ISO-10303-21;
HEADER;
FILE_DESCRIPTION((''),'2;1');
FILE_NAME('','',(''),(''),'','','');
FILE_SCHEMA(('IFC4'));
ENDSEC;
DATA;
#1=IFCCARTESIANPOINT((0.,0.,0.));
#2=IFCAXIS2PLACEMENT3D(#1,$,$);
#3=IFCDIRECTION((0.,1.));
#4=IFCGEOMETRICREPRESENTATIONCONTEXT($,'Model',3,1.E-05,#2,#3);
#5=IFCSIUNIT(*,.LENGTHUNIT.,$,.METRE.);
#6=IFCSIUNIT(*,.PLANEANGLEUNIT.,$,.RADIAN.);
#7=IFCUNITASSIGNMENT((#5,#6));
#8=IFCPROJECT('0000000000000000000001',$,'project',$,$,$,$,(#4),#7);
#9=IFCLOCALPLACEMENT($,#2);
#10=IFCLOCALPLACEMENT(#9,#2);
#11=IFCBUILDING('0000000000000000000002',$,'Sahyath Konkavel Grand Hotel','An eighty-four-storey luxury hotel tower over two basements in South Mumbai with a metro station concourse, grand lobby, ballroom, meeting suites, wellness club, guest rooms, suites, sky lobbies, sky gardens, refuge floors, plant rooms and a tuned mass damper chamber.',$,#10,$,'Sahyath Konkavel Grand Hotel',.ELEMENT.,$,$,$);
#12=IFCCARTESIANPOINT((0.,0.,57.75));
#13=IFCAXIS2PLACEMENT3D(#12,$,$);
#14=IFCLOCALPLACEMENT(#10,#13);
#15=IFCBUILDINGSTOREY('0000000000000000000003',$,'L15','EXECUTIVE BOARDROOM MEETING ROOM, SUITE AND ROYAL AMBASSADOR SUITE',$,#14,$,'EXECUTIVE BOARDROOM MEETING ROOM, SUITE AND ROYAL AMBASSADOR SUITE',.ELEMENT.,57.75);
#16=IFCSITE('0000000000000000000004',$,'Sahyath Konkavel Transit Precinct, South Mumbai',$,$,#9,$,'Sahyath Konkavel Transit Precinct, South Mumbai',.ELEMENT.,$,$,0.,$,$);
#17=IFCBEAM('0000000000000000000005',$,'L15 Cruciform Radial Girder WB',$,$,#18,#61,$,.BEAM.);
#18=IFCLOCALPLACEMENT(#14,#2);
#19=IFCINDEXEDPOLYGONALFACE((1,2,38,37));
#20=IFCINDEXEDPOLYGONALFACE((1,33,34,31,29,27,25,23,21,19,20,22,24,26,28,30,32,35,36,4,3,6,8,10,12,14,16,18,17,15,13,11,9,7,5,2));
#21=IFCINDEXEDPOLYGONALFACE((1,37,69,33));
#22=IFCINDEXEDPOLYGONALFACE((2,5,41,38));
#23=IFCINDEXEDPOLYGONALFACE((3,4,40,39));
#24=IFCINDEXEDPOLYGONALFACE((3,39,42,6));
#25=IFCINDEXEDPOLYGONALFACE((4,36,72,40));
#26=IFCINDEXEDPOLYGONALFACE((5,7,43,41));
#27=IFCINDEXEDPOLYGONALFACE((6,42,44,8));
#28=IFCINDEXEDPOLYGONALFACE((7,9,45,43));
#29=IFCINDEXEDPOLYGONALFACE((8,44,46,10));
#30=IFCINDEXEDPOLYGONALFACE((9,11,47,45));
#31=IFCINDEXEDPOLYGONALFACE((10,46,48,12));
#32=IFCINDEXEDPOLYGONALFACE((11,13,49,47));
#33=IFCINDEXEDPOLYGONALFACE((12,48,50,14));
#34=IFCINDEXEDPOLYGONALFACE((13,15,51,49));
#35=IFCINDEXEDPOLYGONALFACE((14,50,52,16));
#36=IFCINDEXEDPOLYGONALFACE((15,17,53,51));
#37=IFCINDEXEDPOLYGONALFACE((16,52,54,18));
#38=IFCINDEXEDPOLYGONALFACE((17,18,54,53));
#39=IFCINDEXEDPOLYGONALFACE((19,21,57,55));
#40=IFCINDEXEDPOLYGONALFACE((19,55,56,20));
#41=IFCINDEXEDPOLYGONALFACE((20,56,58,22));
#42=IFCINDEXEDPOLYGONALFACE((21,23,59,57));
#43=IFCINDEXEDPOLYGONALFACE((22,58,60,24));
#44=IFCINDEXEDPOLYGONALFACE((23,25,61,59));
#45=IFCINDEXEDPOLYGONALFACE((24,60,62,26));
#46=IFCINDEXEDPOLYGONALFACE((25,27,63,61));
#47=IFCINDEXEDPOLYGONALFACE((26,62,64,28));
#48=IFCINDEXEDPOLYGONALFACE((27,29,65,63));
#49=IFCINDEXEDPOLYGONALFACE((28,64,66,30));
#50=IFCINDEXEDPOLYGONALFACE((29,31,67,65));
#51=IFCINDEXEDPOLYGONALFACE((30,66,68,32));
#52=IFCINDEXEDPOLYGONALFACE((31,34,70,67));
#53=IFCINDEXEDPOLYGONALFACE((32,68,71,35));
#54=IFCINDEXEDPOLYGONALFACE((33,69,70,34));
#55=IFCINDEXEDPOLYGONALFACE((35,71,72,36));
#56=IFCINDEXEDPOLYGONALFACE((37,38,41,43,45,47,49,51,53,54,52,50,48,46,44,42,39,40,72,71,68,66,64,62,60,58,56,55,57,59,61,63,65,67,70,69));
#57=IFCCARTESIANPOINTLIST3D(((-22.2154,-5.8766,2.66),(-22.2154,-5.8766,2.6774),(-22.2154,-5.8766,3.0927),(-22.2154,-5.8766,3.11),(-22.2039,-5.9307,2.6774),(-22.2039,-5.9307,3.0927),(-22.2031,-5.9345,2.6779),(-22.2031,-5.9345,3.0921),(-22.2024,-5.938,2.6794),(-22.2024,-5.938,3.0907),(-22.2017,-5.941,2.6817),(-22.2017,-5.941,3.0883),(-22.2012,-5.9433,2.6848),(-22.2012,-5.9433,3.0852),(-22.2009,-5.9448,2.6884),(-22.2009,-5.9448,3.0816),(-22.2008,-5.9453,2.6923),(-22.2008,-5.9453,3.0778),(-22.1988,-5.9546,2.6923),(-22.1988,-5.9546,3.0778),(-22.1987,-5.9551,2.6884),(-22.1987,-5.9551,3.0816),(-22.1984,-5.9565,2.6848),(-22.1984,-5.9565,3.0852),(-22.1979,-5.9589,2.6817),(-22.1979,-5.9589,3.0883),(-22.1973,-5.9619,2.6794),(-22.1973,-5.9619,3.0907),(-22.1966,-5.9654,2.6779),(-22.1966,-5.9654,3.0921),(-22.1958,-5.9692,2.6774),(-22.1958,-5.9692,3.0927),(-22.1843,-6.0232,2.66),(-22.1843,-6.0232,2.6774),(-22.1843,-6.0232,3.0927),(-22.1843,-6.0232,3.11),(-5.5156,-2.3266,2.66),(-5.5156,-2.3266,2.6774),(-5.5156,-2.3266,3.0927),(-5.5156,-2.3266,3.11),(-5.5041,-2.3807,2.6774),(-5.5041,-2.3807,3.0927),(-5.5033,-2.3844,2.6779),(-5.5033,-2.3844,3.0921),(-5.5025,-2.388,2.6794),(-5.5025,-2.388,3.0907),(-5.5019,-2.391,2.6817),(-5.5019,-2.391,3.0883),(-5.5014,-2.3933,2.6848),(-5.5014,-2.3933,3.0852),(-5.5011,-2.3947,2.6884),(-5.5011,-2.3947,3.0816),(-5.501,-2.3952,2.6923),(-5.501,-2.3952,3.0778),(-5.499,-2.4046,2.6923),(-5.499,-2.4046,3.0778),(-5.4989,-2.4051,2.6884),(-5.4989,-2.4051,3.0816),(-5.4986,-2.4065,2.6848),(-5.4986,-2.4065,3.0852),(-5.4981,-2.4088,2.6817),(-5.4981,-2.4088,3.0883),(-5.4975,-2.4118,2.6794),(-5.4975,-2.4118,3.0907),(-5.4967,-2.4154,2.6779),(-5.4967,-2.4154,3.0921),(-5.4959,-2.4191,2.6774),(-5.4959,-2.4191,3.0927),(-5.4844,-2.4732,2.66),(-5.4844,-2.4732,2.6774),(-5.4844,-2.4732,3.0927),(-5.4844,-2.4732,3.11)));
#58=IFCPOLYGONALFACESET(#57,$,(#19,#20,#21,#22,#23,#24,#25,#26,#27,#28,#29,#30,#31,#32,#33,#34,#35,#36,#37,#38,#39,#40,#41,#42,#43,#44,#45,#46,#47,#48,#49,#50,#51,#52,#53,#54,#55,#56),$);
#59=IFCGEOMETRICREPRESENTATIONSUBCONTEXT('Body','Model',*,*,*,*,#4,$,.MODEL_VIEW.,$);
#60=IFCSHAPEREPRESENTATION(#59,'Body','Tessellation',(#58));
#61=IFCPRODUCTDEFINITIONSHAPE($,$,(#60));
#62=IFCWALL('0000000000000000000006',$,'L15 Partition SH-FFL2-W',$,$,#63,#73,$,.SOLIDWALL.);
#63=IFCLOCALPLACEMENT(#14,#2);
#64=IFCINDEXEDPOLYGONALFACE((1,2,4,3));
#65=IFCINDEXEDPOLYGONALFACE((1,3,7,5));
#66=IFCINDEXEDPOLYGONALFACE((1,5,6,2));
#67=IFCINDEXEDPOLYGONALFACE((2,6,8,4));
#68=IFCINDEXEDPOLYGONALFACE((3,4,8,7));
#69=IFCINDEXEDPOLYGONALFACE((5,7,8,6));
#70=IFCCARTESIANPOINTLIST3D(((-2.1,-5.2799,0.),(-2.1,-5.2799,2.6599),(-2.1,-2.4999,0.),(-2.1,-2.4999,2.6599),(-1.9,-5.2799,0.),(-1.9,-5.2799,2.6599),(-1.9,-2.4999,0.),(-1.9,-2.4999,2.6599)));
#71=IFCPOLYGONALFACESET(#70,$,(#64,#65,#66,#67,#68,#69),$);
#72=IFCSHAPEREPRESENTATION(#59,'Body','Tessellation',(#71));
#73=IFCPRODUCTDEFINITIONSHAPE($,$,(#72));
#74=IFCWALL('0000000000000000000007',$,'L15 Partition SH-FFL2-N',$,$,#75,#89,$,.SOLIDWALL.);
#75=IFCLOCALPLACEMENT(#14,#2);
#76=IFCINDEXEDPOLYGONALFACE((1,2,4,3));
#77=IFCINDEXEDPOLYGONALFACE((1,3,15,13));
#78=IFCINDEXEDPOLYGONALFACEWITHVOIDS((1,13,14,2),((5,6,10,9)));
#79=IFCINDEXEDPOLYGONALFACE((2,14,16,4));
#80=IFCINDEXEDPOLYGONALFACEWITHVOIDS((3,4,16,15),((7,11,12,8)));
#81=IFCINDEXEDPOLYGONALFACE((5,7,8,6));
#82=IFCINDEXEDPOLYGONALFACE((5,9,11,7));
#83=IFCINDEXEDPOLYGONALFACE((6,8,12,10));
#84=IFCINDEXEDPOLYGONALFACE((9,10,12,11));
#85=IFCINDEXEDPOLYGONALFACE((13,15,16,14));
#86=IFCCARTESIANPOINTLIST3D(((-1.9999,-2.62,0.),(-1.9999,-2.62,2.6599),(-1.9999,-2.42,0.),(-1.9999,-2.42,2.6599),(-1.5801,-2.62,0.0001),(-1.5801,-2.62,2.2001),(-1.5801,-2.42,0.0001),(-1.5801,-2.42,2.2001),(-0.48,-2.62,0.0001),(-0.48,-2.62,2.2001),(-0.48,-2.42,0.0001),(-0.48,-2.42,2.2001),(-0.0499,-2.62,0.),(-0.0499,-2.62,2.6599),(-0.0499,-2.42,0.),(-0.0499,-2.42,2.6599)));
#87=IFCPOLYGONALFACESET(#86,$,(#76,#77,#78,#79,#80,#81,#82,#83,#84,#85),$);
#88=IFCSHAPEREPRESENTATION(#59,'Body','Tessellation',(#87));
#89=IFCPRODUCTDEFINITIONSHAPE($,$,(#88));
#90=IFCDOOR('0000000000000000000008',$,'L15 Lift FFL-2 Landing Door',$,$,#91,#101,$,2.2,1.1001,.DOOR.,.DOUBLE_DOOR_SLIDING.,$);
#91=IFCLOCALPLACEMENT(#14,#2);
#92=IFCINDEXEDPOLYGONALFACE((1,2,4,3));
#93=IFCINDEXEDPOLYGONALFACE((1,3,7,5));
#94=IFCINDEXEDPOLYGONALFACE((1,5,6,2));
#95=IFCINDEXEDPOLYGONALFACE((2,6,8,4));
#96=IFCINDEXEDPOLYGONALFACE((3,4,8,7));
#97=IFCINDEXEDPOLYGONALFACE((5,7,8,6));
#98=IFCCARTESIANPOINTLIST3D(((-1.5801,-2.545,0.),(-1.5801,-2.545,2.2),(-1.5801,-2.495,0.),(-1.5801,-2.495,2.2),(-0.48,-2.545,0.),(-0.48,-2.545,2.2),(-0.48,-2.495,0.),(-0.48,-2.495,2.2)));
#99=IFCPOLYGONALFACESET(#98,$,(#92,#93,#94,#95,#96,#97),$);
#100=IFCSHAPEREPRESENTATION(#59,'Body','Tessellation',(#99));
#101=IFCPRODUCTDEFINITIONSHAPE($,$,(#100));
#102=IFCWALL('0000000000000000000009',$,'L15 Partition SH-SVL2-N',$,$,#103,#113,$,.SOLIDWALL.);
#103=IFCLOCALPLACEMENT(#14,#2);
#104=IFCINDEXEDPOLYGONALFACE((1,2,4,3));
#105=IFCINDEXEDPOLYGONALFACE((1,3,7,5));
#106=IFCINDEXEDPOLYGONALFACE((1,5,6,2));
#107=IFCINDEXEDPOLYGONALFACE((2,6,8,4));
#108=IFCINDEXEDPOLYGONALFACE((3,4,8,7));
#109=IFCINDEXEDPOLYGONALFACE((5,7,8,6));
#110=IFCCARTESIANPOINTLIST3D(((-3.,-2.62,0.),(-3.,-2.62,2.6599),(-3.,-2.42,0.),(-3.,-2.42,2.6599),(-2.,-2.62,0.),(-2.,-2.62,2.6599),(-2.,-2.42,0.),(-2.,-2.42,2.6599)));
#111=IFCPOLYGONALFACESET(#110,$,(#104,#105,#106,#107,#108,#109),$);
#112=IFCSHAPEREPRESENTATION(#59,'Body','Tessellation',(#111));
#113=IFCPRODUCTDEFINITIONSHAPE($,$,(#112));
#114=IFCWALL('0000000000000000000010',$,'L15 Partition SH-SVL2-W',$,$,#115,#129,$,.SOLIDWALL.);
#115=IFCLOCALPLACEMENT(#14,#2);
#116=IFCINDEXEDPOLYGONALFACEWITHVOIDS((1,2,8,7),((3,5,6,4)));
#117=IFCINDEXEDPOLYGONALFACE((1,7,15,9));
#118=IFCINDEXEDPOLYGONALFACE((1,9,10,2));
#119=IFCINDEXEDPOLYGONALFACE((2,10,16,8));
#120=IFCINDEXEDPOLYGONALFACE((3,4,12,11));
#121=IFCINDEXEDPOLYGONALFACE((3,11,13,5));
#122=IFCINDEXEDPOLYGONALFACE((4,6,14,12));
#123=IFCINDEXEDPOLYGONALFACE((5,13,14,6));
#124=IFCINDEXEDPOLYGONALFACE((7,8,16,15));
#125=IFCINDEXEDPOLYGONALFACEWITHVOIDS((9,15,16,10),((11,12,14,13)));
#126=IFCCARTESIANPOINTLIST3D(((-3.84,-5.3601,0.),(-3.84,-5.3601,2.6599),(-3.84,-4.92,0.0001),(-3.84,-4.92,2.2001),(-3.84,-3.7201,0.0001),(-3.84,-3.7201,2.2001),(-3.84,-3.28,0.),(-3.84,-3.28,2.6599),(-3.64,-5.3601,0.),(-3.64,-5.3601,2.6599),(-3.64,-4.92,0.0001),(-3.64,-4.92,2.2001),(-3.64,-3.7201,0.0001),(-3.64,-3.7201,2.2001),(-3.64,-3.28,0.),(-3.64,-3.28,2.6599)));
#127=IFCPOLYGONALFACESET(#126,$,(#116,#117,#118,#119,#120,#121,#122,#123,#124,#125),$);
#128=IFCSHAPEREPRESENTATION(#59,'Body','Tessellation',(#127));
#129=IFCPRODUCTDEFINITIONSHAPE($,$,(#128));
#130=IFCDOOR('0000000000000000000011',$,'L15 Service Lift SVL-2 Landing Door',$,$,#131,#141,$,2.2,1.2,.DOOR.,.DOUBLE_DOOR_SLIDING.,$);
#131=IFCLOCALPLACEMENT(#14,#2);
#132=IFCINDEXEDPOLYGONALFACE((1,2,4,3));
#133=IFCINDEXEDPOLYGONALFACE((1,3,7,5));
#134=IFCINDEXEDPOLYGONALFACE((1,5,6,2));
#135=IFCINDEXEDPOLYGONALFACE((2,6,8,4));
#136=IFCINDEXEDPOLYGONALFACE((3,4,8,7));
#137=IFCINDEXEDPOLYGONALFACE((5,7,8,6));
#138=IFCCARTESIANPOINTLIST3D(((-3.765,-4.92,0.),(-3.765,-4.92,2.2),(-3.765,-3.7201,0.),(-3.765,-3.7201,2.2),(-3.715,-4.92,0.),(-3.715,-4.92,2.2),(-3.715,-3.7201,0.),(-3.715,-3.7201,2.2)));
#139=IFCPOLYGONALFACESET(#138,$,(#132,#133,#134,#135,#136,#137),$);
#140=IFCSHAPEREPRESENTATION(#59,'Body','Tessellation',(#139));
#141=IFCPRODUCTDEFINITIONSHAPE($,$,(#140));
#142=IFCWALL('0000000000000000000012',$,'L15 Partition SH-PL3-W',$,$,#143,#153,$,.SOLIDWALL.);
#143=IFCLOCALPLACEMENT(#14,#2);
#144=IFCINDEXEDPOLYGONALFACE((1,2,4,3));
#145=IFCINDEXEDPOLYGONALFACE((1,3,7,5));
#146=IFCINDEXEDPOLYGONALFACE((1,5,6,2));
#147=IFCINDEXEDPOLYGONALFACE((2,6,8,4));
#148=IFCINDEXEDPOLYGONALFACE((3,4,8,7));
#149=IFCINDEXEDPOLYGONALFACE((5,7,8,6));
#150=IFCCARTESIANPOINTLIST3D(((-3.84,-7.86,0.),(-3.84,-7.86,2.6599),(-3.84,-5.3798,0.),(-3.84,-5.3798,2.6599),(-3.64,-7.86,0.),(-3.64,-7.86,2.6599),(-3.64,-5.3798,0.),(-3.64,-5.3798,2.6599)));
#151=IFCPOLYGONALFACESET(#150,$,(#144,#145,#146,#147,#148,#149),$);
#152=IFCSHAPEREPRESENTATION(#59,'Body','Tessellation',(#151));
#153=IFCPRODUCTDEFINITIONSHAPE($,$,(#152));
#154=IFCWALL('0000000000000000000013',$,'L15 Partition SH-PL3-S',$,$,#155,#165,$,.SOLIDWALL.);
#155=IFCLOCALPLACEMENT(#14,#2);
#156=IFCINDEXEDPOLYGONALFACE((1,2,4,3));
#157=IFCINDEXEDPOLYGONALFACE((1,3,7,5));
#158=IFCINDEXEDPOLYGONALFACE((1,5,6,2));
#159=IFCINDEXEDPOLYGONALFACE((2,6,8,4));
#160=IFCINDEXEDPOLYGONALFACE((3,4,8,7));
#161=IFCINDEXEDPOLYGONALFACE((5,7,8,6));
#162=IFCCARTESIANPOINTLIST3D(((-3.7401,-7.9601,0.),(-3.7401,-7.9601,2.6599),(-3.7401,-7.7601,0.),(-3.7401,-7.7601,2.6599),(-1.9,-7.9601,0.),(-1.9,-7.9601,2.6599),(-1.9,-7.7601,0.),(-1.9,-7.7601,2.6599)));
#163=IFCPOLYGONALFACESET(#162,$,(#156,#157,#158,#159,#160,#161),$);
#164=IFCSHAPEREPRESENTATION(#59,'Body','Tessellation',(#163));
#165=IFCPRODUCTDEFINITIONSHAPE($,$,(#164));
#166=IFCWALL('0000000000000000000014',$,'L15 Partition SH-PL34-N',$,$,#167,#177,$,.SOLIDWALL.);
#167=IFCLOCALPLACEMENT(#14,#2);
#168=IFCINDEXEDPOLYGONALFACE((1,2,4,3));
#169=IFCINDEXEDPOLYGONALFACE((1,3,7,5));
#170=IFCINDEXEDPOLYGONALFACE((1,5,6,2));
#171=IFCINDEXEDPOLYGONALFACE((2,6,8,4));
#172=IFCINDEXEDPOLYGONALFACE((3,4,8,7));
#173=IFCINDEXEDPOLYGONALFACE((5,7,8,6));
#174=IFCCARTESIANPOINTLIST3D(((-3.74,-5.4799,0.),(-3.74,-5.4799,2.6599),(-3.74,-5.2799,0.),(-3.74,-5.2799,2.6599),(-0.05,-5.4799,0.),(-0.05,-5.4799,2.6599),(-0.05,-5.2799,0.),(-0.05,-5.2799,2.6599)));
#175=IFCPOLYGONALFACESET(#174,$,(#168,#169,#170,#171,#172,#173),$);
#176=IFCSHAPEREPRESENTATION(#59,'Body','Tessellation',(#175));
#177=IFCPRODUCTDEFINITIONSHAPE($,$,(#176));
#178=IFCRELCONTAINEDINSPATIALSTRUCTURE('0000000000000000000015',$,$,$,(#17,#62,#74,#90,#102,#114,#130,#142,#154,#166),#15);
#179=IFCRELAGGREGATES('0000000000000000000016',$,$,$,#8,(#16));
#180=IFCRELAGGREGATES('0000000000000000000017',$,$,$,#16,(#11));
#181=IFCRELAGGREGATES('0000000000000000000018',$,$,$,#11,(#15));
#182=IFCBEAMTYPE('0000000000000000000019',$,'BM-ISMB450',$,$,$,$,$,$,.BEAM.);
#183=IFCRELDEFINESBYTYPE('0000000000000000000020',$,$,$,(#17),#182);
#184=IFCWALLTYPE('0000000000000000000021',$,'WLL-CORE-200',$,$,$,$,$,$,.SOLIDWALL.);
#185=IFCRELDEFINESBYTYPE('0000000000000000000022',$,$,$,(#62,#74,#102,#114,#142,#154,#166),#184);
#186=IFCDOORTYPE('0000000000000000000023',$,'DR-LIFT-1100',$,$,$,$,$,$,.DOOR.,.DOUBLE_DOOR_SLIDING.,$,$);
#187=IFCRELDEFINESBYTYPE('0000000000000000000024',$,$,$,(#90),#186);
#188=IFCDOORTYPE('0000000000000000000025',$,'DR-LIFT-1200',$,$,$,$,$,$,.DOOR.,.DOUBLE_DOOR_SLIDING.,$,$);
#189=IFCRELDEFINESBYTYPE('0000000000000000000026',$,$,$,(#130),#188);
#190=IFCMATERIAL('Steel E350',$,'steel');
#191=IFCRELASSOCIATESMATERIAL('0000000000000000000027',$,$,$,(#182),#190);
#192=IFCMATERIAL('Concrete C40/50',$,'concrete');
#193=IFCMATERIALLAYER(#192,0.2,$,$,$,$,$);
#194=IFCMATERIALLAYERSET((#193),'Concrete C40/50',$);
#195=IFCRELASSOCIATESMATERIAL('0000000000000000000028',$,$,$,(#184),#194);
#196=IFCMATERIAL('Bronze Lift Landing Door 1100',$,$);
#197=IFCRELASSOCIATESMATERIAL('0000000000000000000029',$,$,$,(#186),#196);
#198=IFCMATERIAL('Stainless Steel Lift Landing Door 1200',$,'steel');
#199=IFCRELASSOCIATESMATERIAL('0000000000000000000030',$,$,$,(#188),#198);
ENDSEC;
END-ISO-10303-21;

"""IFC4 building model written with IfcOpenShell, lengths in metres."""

from ifc_helpers import new_model, si_unit, direction, frame, frame_2d, origin, origin_2d, place, context, subcontext, project, spatial, rectangle, i_section, extrude, source, transform, mapped, material, layer, layer_set, material_profile, profile_set, type_object, element, fill, save


model = new_model("IFC4")

# Units and contexts
model_context = context("Model", 3, precision=1e-05, world=origin(), true_north=direction((0.0, 1.0)))
body_context = subcontext(model_context, "Body", "Model", "MODEL_VIEW")
ifc_project = project(units=[si_unit("LENGTHUNIT", "METRE"), si_unit("PLANEANGLEUNIT", "RADIAN")], contexts=[model_context])

# Site, building, storey
site_placement = place(None, origin())
site = spatial("IfcSite", under=ifc_project, at=site_placement, Name="Sahyath Konkavel Transit Precinct, South Mumbai", LongName="Sahyath Konkavel Transit Precinct, South Mumbai", CompositionType="ELEMENT", RefElevation=0.0)
building_placement = place(site_placement, origin())
building = spatial("IfcBuilding", under=site, at=building_placement, Name="Sahyath Konkavel Grand Hotel", Description="An eighty-four-storey luxury hotel tower over two basements in South Mumbai with a metro station concourse, grand lobby, ballroom, meeting suites, wellness club, guest rooms, suites, sky lobbies, sky gardens, refuge floors, plant rooms and a tuned mass damper chamber.", LongName="Sahyath Konkavel Grand Hotel", CompositionType="ELEMENT")
storey_placement = place(building_placement, frame((0.0, 0.0, 57.75)))
storey = spatial("IfcBuildingStorey", under=building, at=storey_placement, Name="L15", Description="EXECUTIVE BOARDROOM MEETING ROOM, SUITE AND ROYAL AMBASSADOR SUITE", LongName="EXECUTIVE BOARDROOM MEETING ROOM, SUITE AND ROYAL AMBASSADOR SUITE", CompositionType="ELEMENT", Elevation=57.75)

# Beam
ifc_material_1 = material(Name="Steel E350", Category="steel")
ifc_material_profile_1 = material_profile(ifc_material_1, i_section(OverallWidth=0.1499, OverallDepth=0.45, WebThickness=0.0095, FlangeThickness=0.0173, FilletRadius=0.0149, at=origin_2d()), Name="ISMB 450")
ifc_profile_set_1 = profile_set([ifc_material_profile_1], Name="Steel E350")
beam_type_1 = type_object("IfcBeamType", Name="BM-ISMB450", PredefinedType="BEAM", material=ifc_profile_set_1)
shared_shape_1 = source(origin(), body_context, "Body", "SweptSolid", [
    extrude(i_section(OverallWidth=0.1499, OverallDepth=0.45, WebThickness=0.0095, FlangeThickness=0.0173, FilletRadius=0.0149, at=origin_2d()), origin(), (0.0, 0.0, 1.0), 17.073),
])
beam_1_placement = place(storey_placement, frame((-5.5, -2.3999, 2.885), z_axis=(-0.978143, -0.207932, 0.0), x_axis=(0.207932, -0.978143, 0.0)))
element("IfcBeam", 1, at=beam_1_placement, inside=storey, type_object=beam_type_1, Name="L15 Cruciform Radial Girder WB", PredefinedType="BEAM", context=body_context, shape_type="MappedRepresentation", body=[
    mapped(shared_shape_1, transform((0.0, 0.0, 0.0), scale=1.0)),
])

# Wall
ifc_material_2 = material(Name="Concrete C40/50", Category="concrete")
ifc_layer_1 = layer(ifc_material_2, 0.2)
ifc_layer_set_1 = layer_set([ifc_layer_1], Name="Concrete C40/50")
wall_type_1 = type_object("IfcWallType", Name="WLL-CORE-200", PredefinedType="SOLIDWALL", material=ifc_layer_set_1)
wall_1_placement = place(storey_placement, frame((-2.0, -5.28, 0.0), z_axis=(0.0, 0.0, 1.0), x_axis=(0.0, 1.0, 0.0)))
element("IfcWall", 2, at=wall_1_placement, inside=storey, type_object=wall_type_1, Name="L15 Partition SH-FFL2-W", PredefinedType="SOLIDWALL", context=body_context, shape_type="SweptSolid", body=[
    extrude(rectangle(XDim=2.78, YDim=0.2, at=frame_2d((1.3901, 0.0))), origin(), (0.0, 0.0, 1.0), 2.6599),
])

# Wall, opening, door
wall_2_placement = place(storey_placement, frame((-2.0, -2.52, 0.0), z_axis=(0.0, 0.0, 1.0), x_axis=(1.0, 0.0, 0.0)))
wall_2 = element("IfcWall", 3, at=wall_2_placement, inside=storey, type_object=wall_type_1, Name="L15 Partition SH-FFL2-N", PredefinedType="SOLIDWALL", context=body_context, shape_type="SweptSolid", body=[
    extrude(rectangle(XDim=1.95, YDim=0.2, at=frame_2d((0.9751, 0.0))), origin(), (0.0, 0.0, 1.0), 2.6599),
])
opening_1_placement = place(wall_2_placement, frame((0.4199, 0.0, 0.0)))
opening_1 = element("IfcOpeningElement", 4, at=opening_1_placement, cuts=wall_2, PredefinedType="OPENING", context=body_context, shape_type="SweptSolid", body=[
    extrude(rectangle(XDim=1.1001, YDim=2.2, at=frame_2d((0.55, 1.1001))), frame((0.0, 0.1099, 0.0), z_axis=(0.0, -1.0, 0.0), x_axis=(1.0, 0.0, 0.0)), (0.0, 0.0, 1.0), 0.22),
])
ifc_material_3 = material(Name="Bronze Lift Landing Door 1100")
door_type_1 = type_object("IfcDoorType", Name="DR-LIFT-1100", OperationType="DOUBLE_DOOR_SLIDING", PredefinedType="DOOR", material=ifc_material_3)
shared_shape_2 = source(origin(), body_context, "Body", "SweptSolid", [
    extrude(rectangle(XDim=1.1001, YDim=0.05, at=origin_2d()), origin(), (0.0, 0.0, 1.0), 2.2),
])
door_1_placement = place(opening_1_placement, frame((0.55, 0.0, 0.0)))
door_1 = element("IfcDoor", 5, at=door_1_placement, inside=storey, type_object=door_type_1, Name="L15 Lift FFL-2 Landing Door", OperationType="DOUBLE_DOOR_SLIDING", OverallHeight=2.2, OverallWidth=1.1001, PredefinedType="DOOR", context=body_context, shape_type="MappedRepresentation", body=[
    mapped(shared_shape_2, transform((0.0, 0.0, 0.0), scale=1.0)),
])
fill(opening_1, door_1)

# Wall
wall_3_placement = place(storey_placement, frame((-3.0, -2.52, 0.0), z_axis=(0.0, 0.0, 1.0), x_axis=(1.0, 0.0, 0.0)))
element("IfcWall", 6, at=wall_3_placement, inside=storey, type_object=wall_type_1, Name="L15 Partition SH-SVL2-N", PredefinedType="SOLIDWALL", context=body_context, shape_type="SweptSolid", body=[
    extrude(rectangle(XDim=1.0, YDim=0.2, at=frame_2d((0.5, 0.0))), origin(), (0.0, 0.0, 1.0), 2.6599),
])

# Wall, opening, door
wall_4_placement = place(storey_placement, frame((-3.74, -5.3601, 0.0), z_axis=(0.0, 0.0, 1.0), x_axis=(0.0, 1.0, 0.0)))
wall_4 = element("IfcWall", 7, at=wall_4_placement, inside=storey, type_object=wall_type_1, Name="L15 Partition SH-SVL2-W", PredefinedType="SOLIDWALL", context=body_context, shape_type="SweptSolid", body=[
    extrude(rectangle(XDim=2.0801, YDim=0.2, at=frame_2d((1.04, 0.0))), origin(), (0.0, 0.0, 1.0), 2.6599),
])
opening_2_placement = place(wall_4_placement, frame((0.4399, 0.0, 0.0)))
opening_2 = element("IfcOpeningElement", 8, at=opening_2_placement, cuts=wall_4, PredefinedType="OPENING", context=body_context, shape_type="SweptSolid", body=[
    extrude(rectangle(XDim=1.2, YDim=2.2, at=frame_2d((0.6001, 1.1001))), frame((0.0, 0.1099, 0.0), z_axis=(0.0, -1.0, 0.0), x_axis=(1.0, 0.0, 0.0)), (0.0, 0.0, 1.0), 0.22),
])
ifc_material_4 = material(Name="Stainless Steel Lift Landing Door 1200", Category="steel")
door_type_2 = type_object("IfcDoorType", Name="DR-LIFT-1200", OperationType="DOUBLE_DOOR_SLIDING", PredefinedType="DOOR", material=ifc_material_4)
shared_shape_3 = source(origin(), body_context, "Body", "SweptSolid", [
    extrude(rectangle(XDim=1.2, YDim=0.05, at=origin_2d()), origin(), (0.0, 0.0, 1.0), 2.2),
])
door_2_placement = place(opening_2_placement, frame((0.6001, 0.0, 0.0)))
door_2 = element("IfcDoor", 9, at=door_2_placement, inside=storey, type_object=door_type_2, Name="L15 Service Lift SVL-2 Landing Door", OperationType="DOUBLE_DOOR_SLIDING", OverallHeight=2.2, OverallWidth=1.2, PredefinedType="DOOR", context=body_context, shape_type="MappedRepresentation", body=[
    mapped(shared_shape_3, transform((0.0, 0.0, 0.0), scale=1.0)),
])
fill(opening_2, door_2)

# Walls
wall_5_placement = place(storey_placement, frame((-3.74, -7.8601, 0.0), z_axis=(0.0, 0.0, 1.0), x_axis=(0.0, 1.0, 0.0)))
element("IfcWall", 10, at=wall_5_placement, inside=storey, type_object=wall_type_1, Name="L15 Partition SH-PL3-W", PredefinedType="SOLIDWALL", context=body_context, shape_type="SweptSolid", body=[
    extrude(rectangle(XDim=2.4802, YDim=0.2, at=frame_2d((1.2402, 0.0))), origin(), (0.0, 0.0, 1.0), 2.6599),
])
wall_6_placement = place(storey_placement, frame((-3.74, -7.8601, 0.0), z_axis=(0.0, 0.0, 1.0), x_axis=(1.0, 0.0, 0.0)))
element("IfcWall", 11, at=wall_6_placement, inside=storey, type_object=wall_type_1, Name="L15 Partition SH-PL3-S", PredefinedType="SOLIDWALL", context=body_context, shape_type="SweptSolid", body=[
    extrude(rectangle(XDim=1.8401, YDim=0.2, at=frame_2d((0.9199, 0.0))), origin(), (0.0, 0.0, 1.0), 2.6599),
])
wall_7_placement = place(storey_placement, frame((-3.74, -5.3799, 0.0), z_axis=(0.0, 0.0, 1.0), x_axis=(1.0, 0.0, 0.0)))
element("IfcWall", 12, at=wall_7_placement, inside=storey, type_object=wall_type_1, Name="L15 Partition SH-PL34-N", PredefinedType="SOLIDWALL", context=body_context, shape_type="SweptSolid", body=[
    extrude(rectangle(XDim=3.6899, YDim=0.2, at=frame_2d((1.845, 0.0))), origin(), (0.0, 0.0, 1.0), 2.6599),
])

save(model, "model.ifc")
